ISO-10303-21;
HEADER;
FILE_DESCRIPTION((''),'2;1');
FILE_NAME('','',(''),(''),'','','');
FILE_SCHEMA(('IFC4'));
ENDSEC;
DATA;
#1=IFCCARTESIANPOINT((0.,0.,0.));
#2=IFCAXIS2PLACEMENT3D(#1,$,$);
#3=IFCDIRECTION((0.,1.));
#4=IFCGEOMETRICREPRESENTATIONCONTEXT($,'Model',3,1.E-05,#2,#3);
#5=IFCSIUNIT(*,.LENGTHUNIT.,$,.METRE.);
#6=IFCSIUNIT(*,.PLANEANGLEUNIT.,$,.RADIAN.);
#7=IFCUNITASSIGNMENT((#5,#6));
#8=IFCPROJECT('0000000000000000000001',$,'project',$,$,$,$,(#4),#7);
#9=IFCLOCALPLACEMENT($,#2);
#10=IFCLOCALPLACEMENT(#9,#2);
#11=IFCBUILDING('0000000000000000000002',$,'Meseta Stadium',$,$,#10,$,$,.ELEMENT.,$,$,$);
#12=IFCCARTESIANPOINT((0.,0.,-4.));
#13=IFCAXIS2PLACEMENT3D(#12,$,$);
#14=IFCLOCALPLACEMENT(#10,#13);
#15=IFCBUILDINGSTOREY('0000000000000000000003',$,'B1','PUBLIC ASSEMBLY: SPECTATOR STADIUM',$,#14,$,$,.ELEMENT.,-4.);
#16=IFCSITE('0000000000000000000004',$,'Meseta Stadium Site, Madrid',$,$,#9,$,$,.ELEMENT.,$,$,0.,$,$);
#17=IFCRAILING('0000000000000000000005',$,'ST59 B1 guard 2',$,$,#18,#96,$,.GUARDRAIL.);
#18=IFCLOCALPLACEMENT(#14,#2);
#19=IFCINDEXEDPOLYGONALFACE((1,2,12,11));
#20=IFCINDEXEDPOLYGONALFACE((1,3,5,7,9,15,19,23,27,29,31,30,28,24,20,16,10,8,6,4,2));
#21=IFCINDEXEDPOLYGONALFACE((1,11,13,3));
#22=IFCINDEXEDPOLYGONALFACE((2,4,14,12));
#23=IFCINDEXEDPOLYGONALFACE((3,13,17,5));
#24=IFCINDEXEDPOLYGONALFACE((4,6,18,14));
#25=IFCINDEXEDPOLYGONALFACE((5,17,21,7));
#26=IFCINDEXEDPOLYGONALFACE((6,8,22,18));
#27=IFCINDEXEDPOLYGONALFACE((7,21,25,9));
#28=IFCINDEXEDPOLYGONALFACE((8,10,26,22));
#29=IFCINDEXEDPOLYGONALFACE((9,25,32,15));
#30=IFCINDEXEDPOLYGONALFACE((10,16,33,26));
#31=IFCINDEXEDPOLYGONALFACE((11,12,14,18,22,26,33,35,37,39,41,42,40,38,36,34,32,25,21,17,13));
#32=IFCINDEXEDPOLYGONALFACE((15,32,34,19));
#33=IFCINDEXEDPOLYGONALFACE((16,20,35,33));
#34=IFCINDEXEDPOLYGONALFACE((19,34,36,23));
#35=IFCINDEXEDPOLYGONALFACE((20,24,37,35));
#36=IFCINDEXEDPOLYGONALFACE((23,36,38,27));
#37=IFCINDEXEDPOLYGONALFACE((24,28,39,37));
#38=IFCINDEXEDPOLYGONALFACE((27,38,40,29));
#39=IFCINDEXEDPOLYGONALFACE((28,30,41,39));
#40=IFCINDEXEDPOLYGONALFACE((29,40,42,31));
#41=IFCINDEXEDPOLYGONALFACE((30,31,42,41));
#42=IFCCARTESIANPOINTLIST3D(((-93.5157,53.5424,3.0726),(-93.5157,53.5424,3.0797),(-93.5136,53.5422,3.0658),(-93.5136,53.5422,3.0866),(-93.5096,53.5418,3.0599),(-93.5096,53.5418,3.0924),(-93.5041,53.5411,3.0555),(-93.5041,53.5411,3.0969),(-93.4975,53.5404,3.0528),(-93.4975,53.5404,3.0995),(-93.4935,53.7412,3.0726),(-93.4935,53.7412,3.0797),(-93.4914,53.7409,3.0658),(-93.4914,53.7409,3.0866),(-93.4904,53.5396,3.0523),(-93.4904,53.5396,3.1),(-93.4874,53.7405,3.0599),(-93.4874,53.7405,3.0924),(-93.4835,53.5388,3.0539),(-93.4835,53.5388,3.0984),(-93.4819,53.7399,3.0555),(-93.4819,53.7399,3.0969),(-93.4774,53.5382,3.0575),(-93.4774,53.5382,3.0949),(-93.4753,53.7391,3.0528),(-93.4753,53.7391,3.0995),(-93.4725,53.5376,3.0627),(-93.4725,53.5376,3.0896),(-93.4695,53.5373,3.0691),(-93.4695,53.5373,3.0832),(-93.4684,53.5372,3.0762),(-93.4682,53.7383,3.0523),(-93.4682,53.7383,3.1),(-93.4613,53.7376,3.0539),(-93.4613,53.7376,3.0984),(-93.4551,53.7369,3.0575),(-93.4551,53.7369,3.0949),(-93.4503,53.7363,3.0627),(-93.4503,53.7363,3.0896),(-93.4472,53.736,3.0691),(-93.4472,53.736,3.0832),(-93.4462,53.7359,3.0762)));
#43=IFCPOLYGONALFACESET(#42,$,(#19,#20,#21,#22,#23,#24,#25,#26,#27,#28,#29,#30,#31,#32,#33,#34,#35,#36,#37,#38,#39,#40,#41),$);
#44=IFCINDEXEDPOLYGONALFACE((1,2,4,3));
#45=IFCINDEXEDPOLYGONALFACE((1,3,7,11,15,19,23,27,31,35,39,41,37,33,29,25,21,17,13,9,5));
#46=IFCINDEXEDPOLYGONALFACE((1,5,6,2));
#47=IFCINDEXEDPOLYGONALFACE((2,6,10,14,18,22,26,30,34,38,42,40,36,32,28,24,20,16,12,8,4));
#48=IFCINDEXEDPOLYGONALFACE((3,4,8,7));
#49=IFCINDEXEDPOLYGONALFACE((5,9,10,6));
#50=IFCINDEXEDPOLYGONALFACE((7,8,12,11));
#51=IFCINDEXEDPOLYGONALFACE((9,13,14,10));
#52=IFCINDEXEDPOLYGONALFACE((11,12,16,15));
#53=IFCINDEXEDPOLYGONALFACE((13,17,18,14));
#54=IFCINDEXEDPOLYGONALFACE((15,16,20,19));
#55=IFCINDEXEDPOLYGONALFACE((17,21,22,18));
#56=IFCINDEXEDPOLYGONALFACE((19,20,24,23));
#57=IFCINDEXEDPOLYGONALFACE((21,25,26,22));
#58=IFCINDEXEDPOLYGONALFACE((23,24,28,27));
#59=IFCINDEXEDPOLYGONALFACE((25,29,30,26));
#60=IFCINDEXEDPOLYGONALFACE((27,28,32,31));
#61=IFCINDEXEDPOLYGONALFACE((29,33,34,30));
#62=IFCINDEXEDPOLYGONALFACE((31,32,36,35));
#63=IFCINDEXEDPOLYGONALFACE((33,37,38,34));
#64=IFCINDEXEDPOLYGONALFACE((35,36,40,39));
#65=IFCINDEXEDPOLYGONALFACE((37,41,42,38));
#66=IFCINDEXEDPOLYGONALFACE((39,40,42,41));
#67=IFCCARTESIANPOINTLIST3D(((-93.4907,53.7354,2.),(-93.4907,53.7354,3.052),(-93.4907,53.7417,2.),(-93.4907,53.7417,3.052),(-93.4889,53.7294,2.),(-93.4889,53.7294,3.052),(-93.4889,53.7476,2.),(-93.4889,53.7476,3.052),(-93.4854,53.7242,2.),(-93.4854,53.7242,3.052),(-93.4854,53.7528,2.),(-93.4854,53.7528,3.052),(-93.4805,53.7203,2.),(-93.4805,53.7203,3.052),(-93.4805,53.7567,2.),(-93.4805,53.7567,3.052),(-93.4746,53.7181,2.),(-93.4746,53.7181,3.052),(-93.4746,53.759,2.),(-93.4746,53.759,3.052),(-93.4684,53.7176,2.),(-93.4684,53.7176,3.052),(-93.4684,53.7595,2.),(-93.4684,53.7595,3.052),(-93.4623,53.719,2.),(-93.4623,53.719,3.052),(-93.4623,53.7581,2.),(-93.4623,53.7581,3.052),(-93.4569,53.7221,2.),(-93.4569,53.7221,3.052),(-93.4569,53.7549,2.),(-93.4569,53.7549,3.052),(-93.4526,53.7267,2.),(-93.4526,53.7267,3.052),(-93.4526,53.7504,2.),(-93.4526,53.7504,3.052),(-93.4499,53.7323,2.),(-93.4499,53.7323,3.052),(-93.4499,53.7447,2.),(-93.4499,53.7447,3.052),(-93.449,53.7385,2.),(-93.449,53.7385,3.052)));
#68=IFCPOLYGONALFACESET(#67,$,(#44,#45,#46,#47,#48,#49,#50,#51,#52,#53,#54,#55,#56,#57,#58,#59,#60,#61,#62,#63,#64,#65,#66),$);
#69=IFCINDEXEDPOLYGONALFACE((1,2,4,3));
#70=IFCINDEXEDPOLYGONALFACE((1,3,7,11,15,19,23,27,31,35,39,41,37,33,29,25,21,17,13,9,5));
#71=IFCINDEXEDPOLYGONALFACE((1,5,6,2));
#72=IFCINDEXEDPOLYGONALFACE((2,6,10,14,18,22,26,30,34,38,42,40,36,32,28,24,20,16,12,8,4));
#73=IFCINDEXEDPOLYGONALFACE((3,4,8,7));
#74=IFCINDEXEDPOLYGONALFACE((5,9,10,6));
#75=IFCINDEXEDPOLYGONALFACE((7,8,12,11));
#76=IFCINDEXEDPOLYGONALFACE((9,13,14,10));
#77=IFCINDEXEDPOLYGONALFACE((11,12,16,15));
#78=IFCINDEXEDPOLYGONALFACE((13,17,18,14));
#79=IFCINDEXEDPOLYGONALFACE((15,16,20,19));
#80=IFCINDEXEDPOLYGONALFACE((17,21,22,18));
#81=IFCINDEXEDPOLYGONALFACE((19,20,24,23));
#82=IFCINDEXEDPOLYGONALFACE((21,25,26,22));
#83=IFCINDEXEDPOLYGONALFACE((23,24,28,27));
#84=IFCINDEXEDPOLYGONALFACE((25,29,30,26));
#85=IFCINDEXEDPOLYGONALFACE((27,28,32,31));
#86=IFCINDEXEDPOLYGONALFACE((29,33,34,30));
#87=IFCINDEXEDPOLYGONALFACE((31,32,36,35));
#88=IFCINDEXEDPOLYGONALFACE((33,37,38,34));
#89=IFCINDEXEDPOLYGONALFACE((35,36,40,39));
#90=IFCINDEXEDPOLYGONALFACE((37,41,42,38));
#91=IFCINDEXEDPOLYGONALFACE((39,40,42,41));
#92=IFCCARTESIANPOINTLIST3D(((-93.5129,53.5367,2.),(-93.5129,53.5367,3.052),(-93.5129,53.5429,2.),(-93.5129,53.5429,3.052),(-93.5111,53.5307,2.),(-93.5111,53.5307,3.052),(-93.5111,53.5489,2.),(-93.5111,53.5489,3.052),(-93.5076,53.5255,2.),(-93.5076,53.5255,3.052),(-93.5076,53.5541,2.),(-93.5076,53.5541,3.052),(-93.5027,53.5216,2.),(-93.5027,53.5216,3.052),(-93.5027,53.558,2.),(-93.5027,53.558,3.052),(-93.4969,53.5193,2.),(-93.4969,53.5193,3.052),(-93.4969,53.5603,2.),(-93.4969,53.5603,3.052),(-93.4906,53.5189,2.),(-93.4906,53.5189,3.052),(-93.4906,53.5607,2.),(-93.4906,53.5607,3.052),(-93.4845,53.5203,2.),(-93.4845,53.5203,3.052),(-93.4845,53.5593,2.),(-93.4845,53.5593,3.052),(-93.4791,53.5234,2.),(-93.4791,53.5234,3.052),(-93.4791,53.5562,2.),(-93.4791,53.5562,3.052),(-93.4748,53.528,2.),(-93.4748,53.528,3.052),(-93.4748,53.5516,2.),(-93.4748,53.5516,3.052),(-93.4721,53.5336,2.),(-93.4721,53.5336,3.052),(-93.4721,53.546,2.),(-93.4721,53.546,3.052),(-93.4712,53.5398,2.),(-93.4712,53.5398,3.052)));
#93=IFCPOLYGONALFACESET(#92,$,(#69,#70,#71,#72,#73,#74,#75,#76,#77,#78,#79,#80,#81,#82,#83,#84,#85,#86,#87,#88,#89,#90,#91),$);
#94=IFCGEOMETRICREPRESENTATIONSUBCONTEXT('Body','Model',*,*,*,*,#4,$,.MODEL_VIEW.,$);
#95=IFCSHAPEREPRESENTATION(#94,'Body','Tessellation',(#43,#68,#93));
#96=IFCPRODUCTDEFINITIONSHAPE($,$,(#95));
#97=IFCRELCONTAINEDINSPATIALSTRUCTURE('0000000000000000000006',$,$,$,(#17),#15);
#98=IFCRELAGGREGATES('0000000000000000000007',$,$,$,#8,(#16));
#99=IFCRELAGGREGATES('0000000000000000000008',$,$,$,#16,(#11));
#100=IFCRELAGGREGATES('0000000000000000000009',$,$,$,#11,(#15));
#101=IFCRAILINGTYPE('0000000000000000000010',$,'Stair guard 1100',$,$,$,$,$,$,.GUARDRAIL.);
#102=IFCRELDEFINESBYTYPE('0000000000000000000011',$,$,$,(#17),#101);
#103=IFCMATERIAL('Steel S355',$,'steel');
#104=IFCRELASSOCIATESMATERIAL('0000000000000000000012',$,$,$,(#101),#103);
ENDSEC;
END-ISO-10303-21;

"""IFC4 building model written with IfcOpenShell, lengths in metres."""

from ifc_helpers import new_model, si_unit, direction, frame, origin, origin_2d, place, context, subcontext, project, spatial, circle, extrude, material, type_object, element, save


model = new_model("IFC4")

# Units and contexts
model_context = context("Model", 3, precision=1e-05, world=origin(), true_north=direction((0.0, 1.0)))
body_context = subcontext(model_context, "Body", "Model", "MODEL_VIEW")
ifc_project = project(units=[si_unit("LENGTHUNIT", "METRE"), si_unit("PLANEANGLEUNIT", "RADIAN")], contexts=[model_context])

# Site, building, storey
site_placement = place(None, origin())
site = spatial("IfcSite", under=ifc_project, at=site_placement, Name="Meseta Stadium Site, Madrid", CompositionType="ELEMENT", RefElevation=0.0)
building_placement = place(site_placement, origin())
building = spatial("IfcBuilding", under=site, at=building_placement, Name="Meseta Stadium", CompositionType="ELEMENT")
storey_placement = place(building_placement, frame((0.0, 0.0, -4.0)))
storey = spatial("IfcBuildingStorey", under=building, at=storey_placement, Name="B1", Description="PUBLIC ASSEMBLY: SPECTATOR STADIUM", CompositionType="ELEMENT", Elevation=-4.0)

# Railing
ifc_material_1 = material(Name="Steel S355", Category="steel")
railing_type_1 = type_object("IfcRailingType", Name="Stair guard 1100", PredefinedType="GUARDRAIL", material=ifc_material_1)
railing_1_placement = place(storey_placement, frame((-93.47, 53.7385, 2.0)))
element("IfcRailing", 1, at=railing_1_placement, inside=storey, type_object=railing_type_1, Name="ST59 B1 guard 2", PredefinedType="GUARDRAIL", context=body_context, shape_type="SweptSolid", body=[
    extrude(circle(Radius=0.0239, at=origin_2d()), frame((0.0, 0.0, 1.0762), z_axis=(-0.111102, -0.993809, 0.0), x_axis=(0.993809, -0.111102, 0.0)), (0.0, 0.0, 1.0), 0.2),
    extrude(circle(Radius=0.021, at=origin_2d()), origin(), (0.0, 0.0, 1.0), 1.052),
    extrude(circle(Radius=0.021, at=origin_2d()), frame((-0.0222, -0.1987, 0.0)), (0.0, 0.0, 1.0), 1.052),
])

save(model, "model.ifc")
